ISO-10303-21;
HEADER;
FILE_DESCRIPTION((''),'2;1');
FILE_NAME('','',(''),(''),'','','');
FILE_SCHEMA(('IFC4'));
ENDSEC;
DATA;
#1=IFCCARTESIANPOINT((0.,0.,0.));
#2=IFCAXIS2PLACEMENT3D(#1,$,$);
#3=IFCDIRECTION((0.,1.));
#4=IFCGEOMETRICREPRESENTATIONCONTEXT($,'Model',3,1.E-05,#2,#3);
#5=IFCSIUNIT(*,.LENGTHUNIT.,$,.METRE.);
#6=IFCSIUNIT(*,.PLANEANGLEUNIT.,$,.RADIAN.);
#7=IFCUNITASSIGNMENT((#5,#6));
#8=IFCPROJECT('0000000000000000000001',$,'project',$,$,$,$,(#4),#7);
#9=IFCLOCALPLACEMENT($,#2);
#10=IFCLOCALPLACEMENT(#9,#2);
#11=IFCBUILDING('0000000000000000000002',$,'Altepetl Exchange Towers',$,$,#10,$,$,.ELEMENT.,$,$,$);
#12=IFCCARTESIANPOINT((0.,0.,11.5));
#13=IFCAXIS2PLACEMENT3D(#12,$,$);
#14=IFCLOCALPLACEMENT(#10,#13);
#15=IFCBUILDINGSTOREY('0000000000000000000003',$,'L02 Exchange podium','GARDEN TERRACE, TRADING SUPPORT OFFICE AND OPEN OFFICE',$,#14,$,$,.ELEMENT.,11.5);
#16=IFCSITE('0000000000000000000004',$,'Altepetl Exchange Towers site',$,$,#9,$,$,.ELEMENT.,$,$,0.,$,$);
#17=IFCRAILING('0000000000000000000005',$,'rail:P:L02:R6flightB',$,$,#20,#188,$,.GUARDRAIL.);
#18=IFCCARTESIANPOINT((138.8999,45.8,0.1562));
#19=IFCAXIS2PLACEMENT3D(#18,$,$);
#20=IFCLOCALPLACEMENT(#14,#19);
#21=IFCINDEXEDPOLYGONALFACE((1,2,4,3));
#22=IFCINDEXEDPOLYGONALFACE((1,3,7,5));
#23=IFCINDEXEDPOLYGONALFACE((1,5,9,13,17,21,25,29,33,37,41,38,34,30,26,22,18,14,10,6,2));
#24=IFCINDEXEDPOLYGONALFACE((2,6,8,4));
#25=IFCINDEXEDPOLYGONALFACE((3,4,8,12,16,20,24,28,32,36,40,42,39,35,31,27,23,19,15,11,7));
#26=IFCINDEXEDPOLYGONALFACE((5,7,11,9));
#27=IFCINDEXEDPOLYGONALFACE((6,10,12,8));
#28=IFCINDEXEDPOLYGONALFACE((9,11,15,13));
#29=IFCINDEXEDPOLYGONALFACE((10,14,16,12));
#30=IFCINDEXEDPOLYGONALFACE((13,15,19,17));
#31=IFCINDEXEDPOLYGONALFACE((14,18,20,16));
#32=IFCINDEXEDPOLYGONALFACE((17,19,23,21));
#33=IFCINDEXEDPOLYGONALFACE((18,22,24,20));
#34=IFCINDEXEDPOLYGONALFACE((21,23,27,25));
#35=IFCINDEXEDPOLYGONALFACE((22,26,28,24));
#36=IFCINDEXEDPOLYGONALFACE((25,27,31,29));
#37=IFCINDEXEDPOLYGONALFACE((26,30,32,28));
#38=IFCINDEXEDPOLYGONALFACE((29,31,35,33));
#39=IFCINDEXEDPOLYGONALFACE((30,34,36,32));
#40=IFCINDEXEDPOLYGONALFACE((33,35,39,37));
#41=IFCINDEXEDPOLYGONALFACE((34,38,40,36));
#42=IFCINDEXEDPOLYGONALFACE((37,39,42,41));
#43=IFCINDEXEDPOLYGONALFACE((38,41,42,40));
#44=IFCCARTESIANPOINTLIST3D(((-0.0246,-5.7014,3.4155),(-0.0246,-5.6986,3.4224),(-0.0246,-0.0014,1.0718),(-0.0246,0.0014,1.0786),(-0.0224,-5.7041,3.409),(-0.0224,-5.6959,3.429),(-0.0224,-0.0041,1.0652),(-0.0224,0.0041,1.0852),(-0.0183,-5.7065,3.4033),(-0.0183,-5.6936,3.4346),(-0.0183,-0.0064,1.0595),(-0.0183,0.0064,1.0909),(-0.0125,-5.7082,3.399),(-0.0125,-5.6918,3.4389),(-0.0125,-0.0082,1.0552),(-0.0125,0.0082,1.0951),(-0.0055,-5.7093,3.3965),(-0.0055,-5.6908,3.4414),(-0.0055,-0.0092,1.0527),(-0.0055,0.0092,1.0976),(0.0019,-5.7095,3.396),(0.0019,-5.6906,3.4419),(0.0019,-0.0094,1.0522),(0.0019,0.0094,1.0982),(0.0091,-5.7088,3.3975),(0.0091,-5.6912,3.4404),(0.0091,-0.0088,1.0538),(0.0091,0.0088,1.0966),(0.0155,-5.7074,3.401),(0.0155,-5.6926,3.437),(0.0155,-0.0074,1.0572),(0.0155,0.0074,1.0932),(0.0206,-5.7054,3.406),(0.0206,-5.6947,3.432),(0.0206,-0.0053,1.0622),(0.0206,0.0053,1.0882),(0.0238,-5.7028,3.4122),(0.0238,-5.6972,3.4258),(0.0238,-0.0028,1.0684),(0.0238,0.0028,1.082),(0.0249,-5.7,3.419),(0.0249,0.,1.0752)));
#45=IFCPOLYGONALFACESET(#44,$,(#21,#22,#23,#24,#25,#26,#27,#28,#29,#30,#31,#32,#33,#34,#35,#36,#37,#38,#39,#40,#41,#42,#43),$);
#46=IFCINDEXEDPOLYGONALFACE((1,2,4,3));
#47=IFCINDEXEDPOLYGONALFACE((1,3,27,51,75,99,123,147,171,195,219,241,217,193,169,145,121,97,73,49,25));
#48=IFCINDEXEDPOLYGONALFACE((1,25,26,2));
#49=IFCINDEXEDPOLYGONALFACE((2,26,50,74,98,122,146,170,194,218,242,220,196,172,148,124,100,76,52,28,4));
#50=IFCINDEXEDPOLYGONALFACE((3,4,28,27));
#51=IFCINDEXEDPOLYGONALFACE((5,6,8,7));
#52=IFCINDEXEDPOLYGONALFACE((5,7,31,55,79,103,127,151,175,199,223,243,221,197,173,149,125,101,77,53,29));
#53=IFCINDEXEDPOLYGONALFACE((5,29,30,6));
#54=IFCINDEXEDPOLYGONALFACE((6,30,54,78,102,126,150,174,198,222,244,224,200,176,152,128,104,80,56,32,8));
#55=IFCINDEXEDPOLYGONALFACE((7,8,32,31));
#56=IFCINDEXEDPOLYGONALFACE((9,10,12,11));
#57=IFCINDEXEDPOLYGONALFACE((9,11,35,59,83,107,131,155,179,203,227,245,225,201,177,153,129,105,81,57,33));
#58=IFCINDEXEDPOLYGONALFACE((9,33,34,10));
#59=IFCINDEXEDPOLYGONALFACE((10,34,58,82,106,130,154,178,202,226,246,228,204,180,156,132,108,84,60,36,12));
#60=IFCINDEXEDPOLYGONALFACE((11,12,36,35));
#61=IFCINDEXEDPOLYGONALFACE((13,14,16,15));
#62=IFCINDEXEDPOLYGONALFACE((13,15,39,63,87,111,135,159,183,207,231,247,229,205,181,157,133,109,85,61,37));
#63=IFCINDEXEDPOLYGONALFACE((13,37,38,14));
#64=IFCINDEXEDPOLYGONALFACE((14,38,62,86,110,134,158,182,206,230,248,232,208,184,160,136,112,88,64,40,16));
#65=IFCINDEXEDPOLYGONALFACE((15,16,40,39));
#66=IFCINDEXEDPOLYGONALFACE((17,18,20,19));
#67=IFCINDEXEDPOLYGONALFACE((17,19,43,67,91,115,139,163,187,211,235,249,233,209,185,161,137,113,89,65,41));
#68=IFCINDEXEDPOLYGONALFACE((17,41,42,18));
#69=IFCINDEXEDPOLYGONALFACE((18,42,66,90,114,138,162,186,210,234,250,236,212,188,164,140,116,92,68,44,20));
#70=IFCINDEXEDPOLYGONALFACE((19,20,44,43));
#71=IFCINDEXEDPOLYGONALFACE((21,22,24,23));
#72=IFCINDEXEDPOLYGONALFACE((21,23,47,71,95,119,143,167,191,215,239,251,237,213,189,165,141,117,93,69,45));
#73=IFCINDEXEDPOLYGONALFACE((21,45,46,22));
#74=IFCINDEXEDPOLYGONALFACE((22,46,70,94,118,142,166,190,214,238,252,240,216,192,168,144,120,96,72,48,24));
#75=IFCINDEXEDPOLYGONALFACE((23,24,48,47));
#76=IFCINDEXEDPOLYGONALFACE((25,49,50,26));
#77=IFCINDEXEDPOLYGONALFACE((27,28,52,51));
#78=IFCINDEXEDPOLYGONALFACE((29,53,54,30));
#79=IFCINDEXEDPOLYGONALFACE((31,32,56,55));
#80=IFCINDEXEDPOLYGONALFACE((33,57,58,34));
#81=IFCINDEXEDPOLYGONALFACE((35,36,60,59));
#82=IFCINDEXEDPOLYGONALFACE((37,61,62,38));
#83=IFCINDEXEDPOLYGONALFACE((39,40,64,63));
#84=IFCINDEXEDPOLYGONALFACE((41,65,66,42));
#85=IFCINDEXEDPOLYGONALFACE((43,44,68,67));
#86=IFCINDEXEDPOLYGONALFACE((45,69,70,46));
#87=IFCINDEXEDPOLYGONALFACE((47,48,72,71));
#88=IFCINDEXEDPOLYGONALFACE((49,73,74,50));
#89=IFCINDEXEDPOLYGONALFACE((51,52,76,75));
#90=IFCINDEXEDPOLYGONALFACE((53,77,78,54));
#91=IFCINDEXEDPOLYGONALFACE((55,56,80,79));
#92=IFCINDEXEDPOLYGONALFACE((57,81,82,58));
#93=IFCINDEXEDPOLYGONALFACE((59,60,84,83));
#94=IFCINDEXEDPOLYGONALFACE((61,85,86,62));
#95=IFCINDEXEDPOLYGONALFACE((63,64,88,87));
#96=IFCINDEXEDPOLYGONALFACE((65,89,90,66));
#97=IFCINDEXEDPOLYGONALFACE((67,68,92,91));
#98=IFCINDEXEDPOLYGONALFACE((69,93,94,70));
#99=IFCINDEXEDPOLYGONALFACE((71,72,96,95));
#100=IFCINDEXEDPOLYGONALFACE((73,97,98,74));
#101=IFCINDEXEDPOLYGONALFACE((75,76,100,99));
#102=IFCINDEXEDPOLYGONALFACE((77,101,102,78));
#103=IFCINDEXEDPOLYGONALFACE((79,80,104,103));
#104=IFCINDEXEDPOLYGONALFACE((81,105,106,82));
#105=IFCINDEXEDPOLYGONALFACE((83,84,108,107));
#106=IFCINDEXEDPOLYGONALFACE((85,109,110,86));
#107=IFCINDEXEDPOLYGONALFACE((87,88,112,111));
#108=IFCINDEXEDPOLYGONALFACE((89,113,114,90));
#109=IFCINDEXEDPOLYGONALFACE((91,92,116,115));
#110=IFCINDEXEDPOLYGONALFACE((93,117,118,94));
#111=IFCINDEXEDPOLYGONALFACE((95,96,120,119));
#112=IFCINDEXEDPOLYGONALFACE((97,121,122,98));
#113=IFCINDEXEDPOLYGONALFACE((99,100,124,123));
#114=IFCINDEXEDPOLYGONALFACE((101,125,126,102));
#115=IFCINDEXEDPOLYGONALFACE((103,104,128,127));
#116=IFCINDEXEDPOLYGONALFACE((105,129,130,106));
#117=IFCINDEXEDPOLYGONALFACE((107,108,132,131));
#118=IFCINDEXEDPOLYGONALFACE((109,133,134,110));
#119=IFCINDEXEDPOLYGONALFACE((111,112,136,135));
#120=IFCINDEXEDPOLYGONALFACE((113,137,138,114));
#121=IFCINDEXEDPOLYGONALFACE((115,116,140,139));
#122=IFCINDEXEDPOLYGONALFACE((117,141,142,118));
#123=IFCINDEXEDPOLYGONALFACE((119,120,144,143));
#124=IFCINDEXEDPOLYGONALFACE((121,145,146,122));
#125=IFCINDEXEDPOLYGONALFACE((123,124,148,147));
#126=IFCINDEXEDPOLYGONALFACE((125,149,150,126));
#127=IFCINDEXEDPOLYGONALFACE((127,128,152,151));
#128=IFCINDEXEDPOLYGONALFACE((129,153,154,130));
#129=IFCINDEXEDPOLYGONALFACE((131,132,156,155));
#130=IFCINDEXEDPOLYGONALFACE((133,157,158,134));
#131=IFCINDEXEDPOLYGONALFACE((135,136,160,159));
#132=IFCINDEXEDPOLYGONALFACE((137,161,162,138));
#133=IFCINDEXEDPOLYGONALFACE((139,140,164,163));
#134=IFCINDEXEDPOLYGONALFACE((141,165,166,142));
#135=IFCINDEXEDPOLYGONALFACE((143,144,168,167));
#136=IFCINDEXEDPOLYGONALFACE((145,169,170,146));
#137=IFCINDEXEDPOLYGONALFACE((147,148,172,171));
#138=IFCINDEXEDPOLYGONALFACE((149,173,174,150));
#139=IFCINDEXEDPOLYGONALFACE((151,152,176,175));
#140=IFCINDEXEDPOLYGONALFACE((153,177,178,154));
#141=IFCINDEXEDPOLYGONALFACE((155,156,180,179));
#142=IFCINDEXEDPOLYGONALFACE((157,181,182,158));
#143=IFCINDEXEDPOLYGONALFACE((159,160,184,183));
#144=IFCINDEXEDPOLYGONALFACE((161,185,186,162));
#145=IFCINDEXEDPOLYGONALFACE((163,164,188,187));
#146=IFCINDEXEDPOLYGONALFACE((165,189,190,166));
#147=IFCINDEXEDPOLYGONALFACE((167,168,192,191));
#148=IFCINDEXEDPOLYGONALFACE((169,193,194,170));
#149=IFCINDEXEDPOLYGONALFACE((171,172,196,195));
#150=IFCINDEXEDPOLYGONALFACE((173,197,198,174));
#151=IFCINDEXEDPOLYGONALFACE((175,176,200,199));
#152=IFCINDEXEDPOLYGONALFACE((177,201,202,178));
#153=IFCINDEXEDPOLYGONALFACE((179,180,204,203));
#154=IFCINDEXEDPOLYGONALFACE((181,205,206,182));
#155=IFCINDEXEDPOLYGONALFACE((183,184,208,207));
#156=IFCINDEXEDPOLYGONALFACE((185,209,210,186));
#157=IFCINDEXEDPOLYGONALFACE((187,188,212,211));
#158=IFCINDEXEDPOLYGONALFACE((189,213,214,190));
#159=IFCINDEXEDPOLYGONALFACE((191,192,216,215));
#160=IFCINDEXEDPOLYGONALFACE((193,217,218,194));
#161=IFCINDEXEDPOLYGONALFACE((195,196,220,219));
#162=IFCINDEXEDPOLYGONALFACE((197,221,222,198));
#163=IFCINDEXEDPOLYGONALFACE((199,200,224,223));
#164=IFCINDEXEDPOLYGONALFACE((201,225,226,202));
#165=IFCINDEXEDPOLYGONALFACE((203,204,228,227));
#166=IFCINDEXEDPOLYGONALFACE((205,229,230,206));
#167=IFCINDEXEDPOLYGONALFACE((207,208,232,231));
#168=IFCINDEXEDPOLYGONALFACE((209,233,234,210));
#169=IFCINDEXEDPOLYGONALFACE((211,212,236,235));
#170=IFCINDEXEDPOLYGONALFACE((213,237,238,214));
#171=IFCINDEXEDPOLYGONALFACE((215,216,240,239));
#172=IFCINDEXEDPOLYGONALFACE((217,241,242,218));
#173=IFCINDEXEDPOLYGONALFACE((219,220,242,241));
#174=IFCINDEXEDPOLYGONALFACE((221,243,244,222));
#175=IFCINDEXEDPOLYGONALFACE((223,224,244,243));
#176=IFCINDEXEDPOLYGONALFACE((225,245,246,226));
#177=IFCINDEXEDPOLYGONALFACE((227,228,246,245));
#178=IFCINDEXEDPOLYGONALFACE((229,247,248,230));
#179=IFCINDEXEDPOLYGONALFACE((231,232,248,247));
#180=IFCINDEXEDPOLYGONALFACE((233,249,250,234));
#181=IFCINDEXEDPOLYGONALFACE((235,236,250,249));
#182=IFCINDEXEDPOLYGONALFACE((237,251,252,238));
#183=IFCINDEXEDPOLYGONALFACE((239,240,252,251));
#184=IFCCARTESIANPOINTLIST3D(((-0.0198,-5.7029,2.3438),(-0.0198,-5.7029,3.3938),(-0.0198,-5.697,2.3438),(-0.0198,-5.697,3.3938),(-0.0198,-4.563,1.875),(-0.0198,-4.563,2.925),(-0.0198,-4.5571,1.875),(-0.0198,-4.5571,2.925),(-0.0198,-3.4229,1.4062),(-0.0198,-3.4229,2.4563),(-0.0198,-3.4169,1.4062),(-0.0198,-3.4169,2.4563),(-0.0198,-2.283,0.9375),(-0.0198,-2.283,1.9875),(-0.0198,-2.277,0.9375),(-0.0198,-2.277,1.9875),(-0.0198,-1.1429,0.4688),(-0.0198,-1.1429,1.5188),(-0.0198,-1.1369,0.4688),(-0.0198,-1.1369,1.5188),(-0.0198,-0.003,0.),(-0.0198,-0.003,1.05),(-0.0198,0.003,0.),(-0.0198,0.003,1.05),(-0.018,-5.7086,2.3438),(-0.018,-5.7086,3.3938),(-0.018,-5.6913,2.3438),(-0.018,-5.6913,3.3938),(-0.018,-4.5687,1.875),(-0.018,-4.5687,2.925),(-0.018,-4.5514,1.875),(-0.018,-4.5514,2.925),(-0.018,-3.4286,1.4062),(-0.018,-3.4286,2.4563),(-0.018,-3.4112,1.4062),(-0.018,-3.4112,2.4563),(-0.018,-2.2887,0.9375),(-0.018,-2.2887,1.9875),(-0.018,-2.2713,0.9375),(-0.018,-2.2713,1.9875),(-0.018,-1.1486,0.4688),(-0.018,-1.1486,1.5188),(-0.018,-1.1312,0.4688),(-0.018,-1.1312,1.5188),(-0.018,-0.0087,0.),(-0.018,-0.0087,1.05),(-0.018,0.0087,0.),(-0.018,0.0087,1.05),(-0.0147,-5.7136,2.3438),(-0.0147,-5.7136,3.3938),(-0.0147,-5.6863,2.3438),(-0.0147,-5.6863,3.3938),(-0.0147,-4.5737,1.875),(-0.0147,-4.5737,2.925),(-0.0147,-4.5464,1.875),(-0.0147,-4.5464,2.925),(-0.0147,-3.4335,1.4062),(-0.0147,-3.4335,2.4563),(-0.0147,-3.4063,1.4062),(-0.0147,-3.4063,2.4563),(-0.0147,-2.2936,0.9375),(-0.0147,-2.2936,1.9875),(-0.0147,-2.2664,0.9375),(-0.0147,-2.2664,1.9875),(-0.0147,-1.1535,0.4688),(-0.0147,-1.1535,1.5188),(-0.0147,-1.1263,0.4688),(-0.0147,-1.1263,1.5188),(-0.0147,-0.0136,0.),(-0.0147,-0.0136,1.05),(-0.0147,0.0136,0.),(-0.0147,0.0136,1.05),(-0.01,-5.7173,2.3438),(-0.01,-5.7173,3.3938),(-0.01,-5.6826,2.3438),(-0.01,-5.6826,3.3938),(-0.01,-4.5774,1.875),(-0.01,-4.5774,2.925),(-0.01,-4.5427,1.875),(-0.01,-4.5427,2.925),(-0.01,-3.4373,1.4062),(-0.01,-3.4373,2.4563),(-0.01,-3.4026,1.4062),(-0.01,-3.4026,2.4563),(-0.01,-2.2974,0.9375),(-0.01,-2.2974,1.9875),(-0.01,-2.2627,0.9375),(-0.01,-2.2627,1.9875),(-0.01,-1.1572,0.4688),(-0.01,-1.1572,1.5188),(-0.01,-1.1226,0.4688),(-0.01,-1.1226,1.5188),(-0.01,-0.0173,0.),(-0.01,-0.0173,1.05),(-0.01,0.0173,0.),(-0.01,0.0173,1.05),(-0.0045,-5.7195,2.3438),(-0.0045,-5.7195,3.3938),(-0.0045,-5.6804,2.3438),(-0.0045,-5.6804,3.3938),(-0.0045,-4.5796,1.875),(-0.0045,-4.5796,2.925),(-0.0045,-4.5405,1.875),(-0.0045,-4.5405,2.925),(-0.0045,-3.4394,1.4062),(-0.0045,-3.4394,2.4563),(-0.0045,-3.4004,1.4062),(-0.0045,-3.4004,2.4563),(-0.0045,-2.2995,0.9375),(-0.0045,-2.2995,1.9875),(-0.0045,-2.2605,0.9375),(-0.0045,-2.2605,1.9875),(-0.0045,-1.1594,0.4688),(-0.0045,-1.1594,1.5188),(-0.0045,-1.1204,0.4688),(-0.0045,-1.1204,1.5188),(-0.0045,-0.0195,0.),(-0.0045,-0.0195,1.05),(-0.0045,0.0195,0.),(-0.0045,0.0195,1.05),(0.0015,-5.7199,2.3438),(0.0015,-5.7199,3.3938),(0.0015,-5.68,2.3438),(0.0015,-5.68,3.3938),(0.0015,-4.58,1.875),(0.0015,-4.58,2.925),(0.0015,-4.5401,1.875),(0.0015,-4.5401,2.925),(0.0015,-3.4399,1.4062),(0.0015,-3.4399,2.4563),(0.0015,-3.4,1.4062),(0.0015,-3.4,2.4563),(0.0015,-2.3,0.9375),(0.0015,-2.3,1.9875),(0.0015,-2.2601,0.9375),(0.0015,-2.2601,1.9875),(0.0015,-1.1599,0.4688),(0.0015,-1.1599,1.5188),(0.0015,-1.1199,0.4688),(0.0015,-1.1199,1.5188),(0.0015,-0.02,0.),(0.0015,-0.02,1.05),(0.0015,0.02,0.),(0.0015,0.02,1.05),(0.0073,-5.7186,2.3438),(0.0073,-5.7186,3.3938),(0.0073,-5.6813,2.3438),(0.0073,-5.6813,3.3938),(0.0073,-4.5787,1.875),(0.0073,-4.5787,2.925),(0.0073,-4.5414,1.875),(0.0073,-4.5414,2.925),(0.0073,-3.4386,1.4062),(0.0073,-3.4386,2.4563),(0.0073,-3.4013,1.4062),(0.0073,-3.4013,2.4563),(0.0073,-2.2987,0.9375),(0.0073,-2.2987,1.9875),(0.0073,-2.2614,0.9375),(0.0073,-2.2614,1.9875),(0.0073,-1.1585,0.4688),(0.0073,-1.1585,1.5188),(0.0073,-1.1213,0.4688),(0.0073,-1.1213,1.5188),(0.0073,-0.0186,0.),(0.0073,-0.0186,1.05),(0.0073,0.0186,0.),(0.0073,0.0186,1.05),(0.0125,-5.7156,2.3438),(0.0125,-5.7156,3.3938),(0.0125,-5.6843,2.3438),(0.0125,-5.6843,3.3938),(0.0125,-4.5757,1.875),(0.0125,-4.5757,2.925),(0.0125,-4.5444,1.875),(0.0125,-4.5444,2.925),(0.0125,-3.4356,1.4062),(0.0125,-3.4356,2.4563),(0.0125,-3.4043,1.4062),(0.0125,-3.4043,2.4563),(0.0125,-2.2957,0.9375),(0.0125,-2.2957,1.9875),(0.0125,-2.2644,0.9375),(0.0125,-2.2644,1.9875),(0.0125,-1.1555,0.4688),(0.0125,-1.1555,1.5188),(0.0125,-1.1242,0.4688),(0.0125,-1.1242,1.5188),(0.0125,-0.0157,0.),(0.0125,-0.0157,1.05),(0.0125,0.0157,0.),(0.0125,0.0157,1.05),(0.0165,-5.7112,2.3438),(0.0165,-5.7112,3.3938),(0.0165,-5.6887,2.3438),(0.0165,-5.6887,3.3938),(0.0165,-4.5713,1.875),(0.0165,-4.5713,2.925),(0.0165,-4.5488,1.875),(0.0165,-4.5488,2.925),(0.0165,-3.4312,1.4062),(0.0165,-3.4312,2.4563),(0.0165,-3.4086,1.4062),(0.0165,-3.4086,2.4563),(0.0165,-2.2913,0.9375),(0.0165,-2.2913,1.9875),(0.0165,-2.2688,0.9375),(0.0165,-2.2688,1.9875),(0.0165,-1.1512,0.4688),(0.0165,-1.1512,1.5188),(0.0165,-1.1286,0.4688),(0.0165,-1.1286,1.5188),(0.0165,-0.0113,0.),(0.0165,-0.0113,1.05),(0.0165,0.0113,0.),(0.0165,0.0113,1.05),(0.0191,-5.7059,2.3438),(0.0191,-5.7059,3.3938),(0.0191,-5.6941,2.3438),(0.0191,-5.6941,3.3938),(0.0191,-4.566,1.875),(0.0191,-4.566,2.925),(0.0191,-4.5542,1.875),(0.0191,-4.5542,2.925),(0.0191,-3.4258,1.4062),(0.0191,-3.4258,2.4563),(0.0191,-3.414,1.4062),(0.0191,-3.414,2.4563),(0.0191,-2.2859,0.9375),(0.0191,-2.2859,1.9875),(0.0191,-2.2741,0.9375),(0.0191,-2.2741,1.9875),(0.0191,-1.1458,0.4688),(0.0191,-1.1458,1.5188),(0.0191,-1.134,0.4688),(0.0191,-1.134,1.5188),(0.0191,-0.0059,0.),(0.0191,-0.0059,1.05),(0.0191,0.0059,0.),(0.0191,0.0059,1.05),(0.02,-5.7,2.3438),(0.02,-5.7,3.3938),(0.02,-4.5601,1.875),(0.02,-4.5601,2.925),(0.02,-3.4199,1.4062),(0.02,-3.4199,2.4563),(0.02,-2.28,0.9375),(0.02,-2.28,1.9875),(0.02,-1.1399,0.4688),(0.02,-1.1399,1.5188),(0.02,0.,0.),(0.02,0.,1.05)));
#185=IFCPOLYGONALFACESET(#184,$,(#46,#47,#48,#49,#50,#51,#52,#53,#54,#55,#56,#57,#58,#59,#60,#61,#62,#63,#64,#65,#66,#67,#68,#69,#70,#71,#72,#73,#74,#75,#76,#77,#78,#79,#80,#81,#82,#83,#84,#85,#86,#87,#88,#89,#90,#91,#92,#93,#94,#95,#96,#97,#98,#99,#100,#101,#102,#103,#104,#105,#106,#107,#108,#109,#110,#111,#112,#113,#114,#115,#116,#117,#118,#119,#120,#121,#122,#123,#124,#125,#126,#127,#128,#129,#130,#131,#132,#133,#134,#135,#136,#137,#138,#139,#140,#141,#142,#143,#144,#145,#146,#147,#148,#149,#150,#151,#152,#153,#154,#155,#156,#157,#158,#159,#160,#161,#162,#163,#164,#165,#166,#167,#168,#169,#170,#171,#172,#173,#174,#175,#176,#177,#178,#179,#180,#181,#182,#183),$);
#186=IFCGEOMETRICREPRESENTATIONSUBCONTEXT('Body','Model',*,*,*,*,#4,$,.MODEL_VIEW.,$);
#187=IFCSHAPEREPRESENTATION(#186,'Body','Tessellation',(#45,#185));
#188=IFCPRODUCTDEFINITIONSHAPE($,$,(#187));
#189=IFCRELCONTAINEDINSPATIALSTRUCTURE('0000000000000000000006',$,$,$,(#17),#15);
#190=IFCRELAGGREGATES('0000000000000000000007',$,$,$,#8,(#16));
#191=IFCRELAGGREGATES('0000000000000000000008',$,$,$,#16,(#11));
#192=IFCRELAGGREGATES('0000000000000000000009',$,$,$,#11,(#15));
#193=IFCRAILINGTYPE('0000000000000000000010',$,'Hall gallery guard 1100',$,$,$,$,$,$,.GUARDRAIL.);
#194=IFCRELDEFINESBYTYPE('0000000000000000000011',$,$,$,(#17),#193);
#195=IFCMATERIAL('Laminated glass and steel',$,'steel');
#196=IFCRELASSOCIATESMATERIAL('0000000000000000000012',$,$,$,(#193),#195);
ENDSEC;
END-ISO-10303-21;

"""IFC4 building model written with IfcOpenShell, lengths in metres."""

from ifc_helpers import new_model, si_unit, direction, frame, origin, origin_2d, place, context, subcontext, project, spatial, circle, extrude, source, transform, mapped, material, type_object, element, save


model = new_model("IFC4")

# Units and contexts
model_context = context("Model", 3, precision=1e-05, world=origin(), true_north=direction((0.0, 1.0)))
body_context = subcontext(model_context, "Body", "Model", "MODEL_VIEW")
ifc_project = project(units=[si_unit("LENGTHUNIT", "METRE"), si_unit("PLANEANGLEUNIT", "RADIAN")], contexts=[model_context])

# Site, building, storey
site_placement = place(None, origin())
site = spatial("IfcSite", under=ifc_project, at=site_placement, Name="Altepetl Exchange Towers site", CompositionType="ELEMENT", RefElevation=0.0)
building_placement = place(site_placement, origin())
building = spatial("IfcBuilding", under=site, at=building_placement, Name="Altepetl Exchange Towers", CompositionType="ELEMENT")
storey_placement = place(building_placement, frame((0.0, 0.0, 11.5)))
storey = spatial("IfcBuildingStorey", under=building, at=storey_placement, Name="L02 Exchange podium", Description="GARDEN TERRACE, TRADING SUPPORT OFFICE AND OPEN OFFICE", CompositionType="ELEMENT", Elevation=11.5)

# Railing
ifc_material_1 = material(Name="Laminated glass and steel", Category="steel")
railing_type_1 = type_object("IfcRailingType", Name="Hall gallery guard 1100", PredefinedType="GUARDRAIL", material=ifc_material_1)
shared_shape_1 = source(origin(), body_context, "Body", "SweptSolid", [
    extrude(circle(Radius=0.02, at=origin_2d()), origin(), (0.0, 0.0, 1.0), 1.05),
])
for number, where, name in (
    (1, (138.8999, 45.8, 0.1562), "rail:P:L02:R6flightB"),
):
    element("IfcRailing", number, at=place(storey_placement, frame(where)), inside=storey, type_object=railing_type_1, Name=name, PredefinedType="GUARDRAIL", context=body_context, shape_type="SweptSolid", body=[
        extrude(circle(Radius=0.0249, at=origin_2d()), frame((0.0, 0.0, 1.0752), z_axis=(0.0, -0.924866, 0.380293), x_axis=(1.0, 0.0, 0.0)), (0.0, 0.0, 1.0), 6.1631),
        mapped(shared_shape_1, transform((0.0, 0.0, 0.0))),
        mapped(shared_shape_1, transform((0.0, -1.1399, 0.4688))),
        mapped(shared_shape_1, transform((0.0, -2.28, 0.9375))),
        mapped(shared_shape_1, transform((0.0, -3.4199, 1.4062))),
        mapped(shared_shape_1, transform((0.0, -4.5601, 1.875))),
        mapped(shared_shape_1, transform((0.0, -5.7, 2.3438))),
    ])

save(model, "model.ifc")
